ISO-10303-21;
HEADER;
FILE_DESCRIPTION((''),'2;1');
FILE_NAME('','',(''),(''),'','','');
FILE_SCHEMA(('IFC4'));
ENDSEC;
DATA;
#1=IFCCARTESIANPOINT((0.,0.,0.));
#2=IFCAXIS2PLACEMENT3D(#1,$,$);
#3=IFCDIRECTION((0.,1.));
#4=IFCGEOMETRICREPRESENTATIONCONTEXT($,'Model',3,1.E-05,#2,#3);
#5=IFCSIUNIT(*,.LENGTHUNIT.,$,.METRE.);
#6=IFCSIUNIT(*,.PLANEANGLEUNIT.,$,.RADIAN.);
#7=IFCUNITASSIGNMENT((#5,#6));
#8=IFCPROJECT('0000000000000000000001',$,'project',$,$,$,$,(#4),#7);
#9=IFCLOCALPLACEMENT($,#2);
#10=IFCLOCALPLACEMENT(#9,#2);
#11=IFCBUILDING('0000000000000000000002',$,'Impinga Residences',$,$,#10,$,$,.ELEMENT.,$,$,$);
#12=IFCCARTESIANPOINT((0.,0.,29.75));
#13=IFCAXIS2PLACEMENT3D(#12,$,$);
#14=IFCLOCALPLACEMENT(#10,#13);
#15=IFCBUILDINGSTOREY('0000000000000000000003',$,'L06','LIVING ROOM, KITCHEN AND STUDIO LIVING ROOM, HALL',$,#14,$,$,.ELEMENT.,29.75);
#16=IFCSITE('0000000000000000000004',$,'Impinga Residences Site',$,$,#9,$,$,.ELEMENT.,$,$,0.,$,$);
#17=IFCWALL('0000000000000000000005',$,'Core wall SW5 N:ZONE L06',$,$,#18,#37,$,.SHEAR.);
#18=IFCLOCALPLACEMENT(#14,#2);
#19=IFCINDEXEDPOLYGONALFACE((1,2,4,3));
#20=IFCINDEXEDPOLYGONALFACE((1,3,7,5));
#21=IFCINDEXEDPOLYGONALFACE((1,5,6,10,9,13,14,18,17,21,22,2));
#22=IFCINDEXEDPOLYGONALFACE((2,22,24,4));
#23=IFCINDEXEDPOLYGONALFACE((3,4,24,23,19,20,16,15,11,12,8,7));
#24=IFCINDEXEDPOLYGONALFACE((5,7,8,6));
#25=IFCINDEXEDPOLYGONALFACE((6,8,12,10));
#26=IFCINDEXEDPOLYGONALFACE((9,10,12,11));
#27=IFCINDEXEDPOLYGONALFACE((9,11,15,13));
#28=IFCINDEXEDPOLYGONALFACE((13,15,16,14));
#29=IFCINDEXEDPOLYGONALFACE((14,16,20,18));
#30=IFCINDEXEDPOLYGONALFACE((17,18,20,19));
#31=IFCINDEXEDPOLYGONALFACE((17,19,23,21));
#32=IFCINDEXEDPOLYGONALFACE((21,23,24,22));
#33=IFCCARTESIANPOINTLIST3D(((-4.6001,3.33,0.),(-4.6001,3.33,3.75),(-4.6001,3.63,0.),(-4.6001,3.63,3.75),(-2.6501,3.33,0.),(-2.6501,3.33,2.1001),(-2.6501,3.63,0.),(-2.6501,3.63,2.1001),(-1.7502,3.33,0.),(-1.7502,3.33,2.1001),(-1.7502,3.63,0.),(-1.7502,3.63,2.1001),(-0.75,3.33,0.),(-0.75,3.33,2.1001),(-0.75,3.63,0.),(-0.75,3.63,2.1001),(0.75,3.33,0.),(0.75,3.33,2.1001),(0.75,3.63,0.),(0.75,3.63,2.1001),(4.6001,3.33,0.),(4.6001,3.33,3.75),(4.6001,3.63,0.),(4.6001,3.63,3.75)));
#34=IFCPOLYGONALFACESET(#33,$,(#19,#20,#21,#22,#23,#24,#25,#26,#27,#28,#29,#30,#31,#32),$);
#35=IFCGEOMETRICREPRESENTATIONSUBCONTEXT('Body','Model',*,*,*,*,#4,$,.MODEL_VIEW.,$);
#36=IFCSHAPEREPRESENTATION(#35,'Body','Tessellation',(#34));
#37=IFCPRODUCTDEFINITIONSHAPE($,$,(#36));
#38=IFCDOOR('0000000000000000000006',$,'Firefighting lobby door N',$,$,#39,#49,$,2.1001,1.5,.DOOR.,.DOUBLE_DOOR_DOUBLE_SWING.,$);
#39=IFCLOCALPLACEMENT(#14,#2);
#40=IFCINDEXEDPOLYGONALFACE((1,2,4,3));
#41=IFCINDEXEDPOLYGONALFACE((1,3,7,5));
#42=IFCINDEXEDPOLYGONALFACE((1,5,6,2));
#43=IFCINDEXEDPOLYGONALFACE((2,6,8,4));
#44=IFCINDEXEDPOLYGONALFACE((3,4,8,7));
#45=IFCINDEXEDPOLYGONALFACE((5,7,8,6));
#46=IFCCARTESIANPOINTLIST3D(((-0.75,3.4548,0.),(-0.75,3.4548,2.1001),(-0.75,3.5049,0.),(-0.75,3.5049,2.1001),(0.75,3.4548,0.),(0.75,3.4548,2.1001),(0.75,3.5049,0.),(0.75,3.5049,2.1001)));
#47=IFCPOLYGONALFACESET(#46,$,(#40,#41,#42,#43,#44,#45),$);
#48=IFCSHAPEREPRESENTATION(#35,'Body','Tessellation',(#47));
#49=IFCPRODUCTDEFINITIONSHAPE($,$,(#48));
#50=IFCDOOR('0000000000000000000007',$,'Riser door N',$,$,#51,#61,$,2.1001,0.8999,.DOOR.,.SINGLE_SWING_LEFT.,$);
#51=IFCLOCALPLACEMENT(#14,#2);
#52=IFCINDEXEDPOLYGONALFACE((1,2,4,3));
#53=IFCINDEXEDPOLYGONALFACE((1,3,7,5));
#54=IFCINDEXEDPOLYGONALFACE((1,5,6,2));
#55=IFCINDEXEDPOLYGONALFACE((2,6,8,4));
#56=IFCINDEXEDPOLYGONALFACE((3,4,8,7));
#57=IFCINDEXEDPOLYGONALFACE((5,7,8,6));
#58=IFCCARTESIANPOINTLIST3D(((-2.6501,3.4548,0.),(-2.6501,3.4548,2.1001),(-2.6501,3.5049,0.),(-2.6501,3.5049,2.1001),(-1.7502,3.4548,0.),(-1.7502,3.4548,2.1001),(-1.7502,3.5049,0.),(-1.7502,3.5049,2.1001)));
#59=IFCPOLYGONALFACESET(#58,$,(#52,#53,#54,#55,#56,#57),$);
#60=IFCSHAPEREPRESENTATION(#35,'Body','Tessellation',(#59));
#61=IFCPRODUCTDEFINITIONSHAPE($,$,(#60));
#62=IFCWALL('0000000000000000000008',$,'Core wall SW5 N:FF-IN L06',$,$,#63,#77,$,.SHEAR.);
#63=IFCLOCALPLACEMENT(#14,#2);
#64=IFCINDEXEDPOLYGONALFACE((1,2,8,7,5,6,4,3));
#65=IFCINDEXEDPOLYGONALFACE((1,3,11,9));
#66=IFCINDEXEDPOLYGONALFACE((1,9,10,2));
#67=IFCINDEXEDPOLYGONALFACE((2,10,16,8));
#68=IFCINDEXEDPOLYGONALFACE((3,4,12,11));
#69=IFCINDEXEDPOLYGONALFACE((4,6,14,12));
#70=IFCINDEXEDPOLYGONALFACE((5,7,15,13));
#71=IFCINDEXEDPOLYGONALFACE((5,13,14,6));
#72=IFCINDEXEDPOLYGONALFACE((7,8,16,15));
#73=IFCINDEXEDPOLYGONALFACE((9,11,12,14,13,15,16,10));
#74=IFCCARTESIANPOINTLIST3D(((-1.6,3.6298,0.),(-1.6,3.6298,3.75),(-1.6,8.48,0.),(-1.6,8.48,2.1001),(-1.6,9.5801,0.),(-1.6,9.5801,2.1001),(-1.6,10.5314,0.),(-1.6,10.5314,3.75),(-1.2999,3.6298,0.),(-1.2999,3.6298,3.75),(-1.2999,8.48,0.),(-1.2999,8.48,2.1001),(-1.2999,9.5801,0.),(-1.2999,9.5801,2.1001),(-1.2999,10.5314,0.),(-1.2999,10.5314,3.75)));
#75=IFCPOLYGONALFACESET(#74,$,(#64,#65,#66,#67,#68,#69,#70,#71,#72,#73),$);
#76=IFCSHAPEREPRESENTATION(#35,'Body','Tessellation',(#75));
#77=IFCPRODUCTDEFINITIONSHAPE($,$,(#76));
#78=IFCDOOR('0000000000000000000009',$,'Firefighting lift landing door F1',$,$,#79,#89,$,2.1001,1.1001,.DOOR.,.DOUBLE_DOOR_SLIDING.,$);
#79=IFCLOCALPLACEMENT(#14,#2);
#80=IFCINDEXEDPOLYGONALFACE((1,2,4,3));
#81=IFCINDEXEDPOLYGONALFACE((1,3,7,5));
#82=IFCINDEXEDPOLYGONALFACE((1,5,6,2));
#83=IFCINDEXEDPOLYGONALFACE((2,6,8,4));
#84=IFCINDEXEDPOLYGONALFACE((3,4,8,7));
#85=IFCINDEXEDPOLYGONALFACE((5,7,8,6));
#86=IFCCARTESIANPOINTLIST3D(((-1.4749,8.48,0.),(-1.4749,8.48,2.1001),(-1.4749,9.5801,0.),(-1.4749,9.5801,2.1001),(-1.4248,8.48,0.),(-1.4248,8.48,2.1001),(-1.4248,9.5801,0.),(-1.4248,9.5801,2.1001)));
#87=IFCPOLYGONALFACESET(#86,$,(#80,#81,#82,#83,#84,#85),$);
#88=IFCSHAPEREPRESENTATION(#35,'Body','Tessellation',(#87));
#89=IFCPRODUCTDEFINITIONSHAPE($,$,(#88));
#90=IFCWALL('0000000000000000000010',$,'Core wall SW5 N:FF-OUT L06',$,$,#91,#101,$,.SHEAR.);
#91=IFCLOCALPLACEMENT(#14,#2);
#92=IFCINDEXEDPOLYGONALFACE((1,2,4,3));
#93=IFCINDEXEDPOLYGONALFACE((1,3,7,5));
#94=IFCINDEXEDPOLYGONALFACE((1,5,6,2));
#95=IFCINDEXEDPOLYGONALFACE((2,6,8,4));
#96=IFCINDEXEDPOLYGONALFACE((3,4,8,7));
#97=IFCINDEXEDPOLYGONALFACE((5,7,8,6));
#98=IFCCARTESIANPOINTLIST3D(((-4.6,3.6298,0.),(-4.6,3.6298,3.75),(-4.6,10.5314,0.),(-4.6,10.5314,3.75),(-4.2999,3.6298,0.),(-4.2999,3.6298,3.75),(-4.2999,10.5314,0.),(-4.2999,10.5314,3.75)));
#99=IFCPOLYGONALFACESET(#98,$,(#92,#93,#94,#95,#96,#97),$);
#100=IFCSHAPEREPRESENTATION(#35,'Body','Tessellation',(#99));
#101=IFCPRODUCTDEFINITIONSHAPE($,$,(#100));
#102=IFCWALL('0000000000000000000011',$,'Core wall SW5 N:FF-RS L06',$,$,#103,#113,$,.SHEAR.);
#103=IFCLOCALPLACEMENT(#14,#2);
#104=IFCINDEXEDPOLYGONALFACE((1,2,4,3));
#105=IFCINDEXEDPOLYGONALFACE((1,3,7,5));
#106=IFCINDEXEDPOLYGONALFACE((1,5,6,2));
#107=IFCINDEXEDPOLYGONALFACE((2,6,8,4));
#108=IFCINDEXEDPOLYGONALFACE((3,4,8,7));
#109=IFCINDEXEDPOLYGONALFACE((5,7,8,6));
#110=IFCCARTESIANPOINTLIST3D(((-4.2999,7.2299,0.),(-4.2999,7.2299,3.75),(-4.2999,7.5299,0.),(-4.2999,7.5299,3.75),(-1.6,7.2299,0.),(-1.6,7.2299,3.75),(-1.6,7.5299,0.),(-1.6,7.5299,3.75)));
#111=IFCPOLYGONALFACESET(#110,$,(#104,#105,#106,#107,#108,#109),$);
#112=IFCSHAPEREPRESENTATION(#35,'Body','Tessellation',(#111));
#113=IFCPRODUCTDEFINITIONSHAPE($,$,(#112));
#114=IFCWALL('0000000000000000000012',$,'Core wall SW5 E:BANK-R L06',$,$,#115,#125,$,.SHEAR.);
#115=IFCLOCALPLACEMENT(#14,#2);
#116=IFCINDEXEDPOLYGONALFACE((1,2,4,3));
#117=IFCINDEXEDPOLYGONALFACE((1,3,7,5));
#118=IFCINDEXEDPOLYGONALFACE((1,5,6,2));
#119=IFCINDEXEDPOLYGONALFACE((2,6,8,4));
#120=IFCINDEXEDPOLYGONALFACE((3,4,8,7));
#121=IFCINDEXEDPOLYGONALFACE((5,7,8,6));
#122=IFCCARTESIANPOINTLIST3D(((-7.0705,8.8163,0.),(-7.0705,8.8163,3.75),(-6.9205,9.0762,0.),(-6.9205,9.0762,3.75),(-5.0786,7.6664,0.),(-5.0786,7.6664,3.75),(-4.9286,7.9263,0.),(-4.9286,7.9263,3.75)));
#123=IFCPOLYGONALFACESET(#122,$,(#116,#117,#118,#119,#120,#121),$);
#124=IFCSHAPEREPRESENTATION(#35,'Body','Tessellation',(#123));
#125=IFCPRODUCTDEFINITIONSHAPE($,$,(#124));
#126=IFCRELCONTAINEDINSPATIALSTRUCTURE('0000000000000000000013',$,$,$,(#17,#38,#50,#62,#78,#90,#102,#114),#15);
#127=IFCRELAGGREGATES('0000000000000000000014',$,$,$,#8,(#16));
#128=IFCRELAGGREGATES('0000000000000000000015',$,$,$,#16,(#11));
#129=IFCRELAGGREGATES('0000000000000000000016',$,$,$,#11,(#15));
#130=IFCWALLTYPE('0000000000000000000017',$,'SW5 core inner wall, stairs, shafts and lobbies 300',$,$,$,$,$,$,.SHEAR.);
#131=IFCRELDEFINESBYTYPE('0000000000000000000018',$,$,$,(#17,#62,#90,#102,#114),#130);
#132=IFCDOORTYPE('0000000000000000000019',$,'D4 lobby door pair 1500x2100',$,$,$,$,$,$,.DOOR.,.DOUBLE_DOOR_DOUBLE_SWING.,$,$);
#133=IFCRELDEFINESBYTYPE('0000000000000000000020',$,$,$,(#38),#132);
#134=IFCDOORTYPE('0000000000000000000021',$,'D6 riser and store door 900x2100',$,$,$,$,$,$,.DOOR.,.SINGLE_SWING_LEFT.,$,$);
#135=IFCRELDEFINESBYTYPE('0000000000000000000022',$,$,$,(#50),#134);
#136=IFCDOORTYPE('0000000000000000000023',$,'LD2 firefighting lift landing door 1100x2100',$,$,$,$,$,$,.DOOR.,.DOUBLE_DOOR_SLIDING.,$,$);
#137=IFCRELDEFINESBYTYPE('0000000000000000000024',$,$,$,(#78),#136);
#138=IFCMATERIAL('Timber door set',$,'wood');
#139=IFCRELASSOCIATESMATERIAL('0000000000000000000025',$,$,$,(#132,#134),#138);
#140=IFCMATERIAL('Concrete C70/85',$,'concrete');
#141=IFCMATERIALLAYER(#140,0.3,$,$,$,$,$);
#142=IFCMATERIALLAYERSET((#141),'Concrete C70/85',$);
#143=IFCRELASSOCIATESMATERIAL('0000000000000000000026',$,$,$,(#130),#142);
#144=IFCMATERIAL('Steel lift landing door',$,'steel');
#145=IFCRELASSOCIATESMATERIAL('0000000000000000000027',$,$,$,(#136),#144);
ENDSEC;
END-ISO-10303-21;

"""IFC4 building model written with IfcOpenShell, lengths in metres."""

from ifc_helpers import new_model, si_unit, direction, frame, frame_2d, origin, place, context, subcontext, project, spatial, rectangle, extrude, material, layer, layer_set, type_object, element, fill, save


model = new_model("IFC4")

# Units and contexts
model_context = context("Model", 3, precision=1e-05, world=origin(), true_north=direction((0.0, 1.0)))
body_context = subcontext(model_context, "Body", "Model", "MODEL_VIEW")
ifc_project = project(units=[si_unit("LENGTHUNIT", "METRE"), si_unit("PLANEANGLEUNIT", "RADIAN")], contexts=[model_context])

# Site, building, storey
site_placement = place(None, origin())
site = spatial("IfcSite", under=ifc_project, at=site_placement, Name="Impinga Residences Site", CompositionType="ELEMENT", RefElevation=0.0)
building_placement = place(site_placement, origin())
building = spatial("IfcBuilding", under=site, at=building_placement, Name="Impinga Residences", CompositionType="ELEMENT")
storey_placement = place(building_placement, frame((0.0, 0.0, 29.75)))
storey = spatial("IfcBuildingStorey", under=building, at=storey_placement, Name="L06", Description="LIVING ROOM, KITCHEN AND STUDIO LIVING ROOM, HALL", CompositionType="ELEMENT", Elevation=29.75)

# Shared definitions
ifc_material_1 = material(Name="Concrete C70/85", Category="concrete")
ifc_material_2 = material(Name="Timber door set", Category="wood")

# Shared definitions
door_type_1 = type_object("IfcDoorType", Name="D4 lobby door pair 1500x2100", OperationType="DOUBLE_DOOR_DOUBLE_SWING", PredefinedType="DOOR", material=ifc_material_2)

# Wall, openings, doors
ifc_layer_1 = layer(ifc_material_1, 0.3)
ifc_layer_set_1 = layer_set([ifc_layer_1], Name="Concrete C70/85")
wall_type_1 = type_object("IfcWallType", Name="SW5 core inner wall, stairs, shafts and lobbies 300", PredefinedType="SHEAR", material=ifc_layer_set_1)
wall_1_placement = place(storey_placement, frame((-4.6001, 3.48, 0.0), z_axis=(0.0, 0.0, 1.0), x_axis=(1.0, 0.0, 0.0)))
wall_1 = element("IfcWall", 1, at=wall_1_placement, inside=storey, type_object=wall_type_1, Name="Core wall SW5 N:ZONE L06", PredefinedType="SHEAR", context=body_context, shape_type="SweptSolid", body=[
    extrude(rectangle(XDim=9.2002, YDim=0.3, at=frame_2d((4.6001, 0.0))), origin(), (0.0, 0.0, 1.0), 3.75),
])
opening_1_placement = place(wall_1_placement, frame((3.8501, 0.0, 0.0)))
opening_1 = element("IfcOpeningElement", 2, at=opening_1_placement, cuts=wall_1, PredefinedType="OPENING", context=body_context, shape_type="SweptSolid", body=[
    extrude(rectangle(XDim=1.5, YDim=2.1001, at=frame_2d((0.75, 1.05))), frame((0.0, 0.1599, 0.0), z_axis=(0.0, -1.0, 0.0), x_axis=(1.0, 0.0, 0.0)), (0.0, 0.0, 1.0), 0.3201),
])
opening_2_placement = place(wall_1_placement, frame((1.95, 0.0, 0.0)))
opening_2 = element("IfcOpeningElement", 3, at=opening_2_placement, cuts=wall_1, PredefinedType="OPENING", context=body_context, shape_type="SweptSolid", body=[
    extrude(rectangle(XDim=0.8999, YDim=2.1001, at=frame_2d((0.45, 1.05))), frame((0.0, 0.1599, 0.0), z_axis=(0.0, -1.0, 0.0), x_axis=(1.0, 0.0, 0.0)), (0.0, 0.0, 1.0), 0.3201),
])
door_1_placement = place(opening_1_placement, origin())
door_1 = element("IfcDoor", 4, at=door_1_placement, inside=storey, type_object=door_type_1, Name="Firefighting lobby door N", OperationType="DOUBLE_DOOR_DOUBLE_SWING", OverallHeight=2.1001, OverallWidth=1.5, PredefinedType="DOOR", context=body_context, shape_type="SweptSolid", body=[
    extrude(rectangle(XDim=1.5, YDim=2.1001, at=frame_2d((0.75, 1.05))), frame((0.0, 0.0249, 0.0), z_axis=(0.0, -1.0, 0.0), x_axis=(1.0, 0.0, 0.0)), (0.0, 0.0, 1.0), 0.05),
])
fill(opening_1, door_1)
door_type_2 = type_object("IfcDoorType", Name="D6 riser and store door 900x2100", OperationType="SINGLE_SWING_LEFT", PredefinedType="DOOR", material=ifc_material_2)
door_2_placement = place(opening_2_placement, origin())
door_2 = element("IfcDoor", 5, at=door_2_placement, inside=storey, type_object=door_type_2, Name="Riser door N", OperationType="SINGLE_SWING_LEFT", OverallHeight=2.1001, OverallWidth=0.8999, PredefinedType="DOOR", context=body_context, shape_type="SweptSolid", body=[
    extrude(rectangle(XDim=0.8999, YDim=2.1001, at=frame_2d((0.45, 1.05))), frame((0.0, 0.0249, 0.0), z_axis=(0.0, -1.0, 0.0), x_axis=(1.0, 0.0, 0.0)), (0.0, 0.0, 1.0), 0.05),
])
fill(opening_2, door_2)

# Wall, opening, door
wall_2_placement = place(storey_placement, frame((-1.45, 3.6299, 0.0), z_axis=(0.0, 0.0, 1.0), x_axis=(0.0, 1.0, 0.0)))
wall_2 = element("IfcWall", 6, at=wall_2_placement, inside=storey, type_object=wall_type_1, Name="Core wall SW5 N:FF-IN L06", PredefinedType="SHEAR", context=body_context, shape_type="SweptSolid", body=[
    extrude(rectangle(XDim=6.9016, YDim=0.3, at=frame_2d((3.4507, 0.0))), origin(), (0.0, 0.0, 1.0), 3.75),
])
opening_3_placement = place(wall_2_placement, frame((4.8501, 0.0, 0.0)))
opening_3 = element("IfcOpeningElement", 7, at=opening_3_placement, cuts=wall_2, PredefinedType="OPENING", context=body_context, shape_type="SweptSolid", body=[
    extrude(rectangle(XDim=1.1001, YDim=2.1001, at=frame_2d((0.55, 1.05))), frame((0.0, 0.1599, 0.0), z_axis=(0.0, -1.0, 0.0), x_axis=(1.0, 0.0, 0.0)), (0.0, 0.0, 1.0), 0.3201),
])
ifc_material_3 = material(Name="Steel lift landing door", Category="steel")
door_type_3 = type_object("IfcDoorType", Name="LD2 firefighting lift landing door 1100x2100", OperationType="DOUBLE_DOOR_SLIDING", PredefinedType="DOOR", material=ifc_material_3)
door_3_placement = place(opening_3_placement, origin())
door_3 = element("IfcDoor", 8, at=door_3_placement, inside=storey, type_object=door_type_3, Name="Firefighting lift landing door F1", OperationType="DOUBLE_DOOR_SLIDING", OverallHeight=2.1001, OverallWidth=1.1001, PredefinedType="DOOR", context=body_context, shape_type="SweptSolid", body=[
    extrude(rectangle(XDim=1.1001, YDim=2.1001, at=frame_2d((0.55, 1.05))), frame((0.0, 0.0249, 0.0), z_axis=(0.0, -1.0, 0.0), x_axis=(1.0, 0.0, 0.0)), (0.0, 0.0, 1.0), 0.05),
])
fill(opening_3, door_3)

# Walls
wall_3_placement = place(storey_placement, frame((-4.45, 3.6299, 0.0), z_axis=(0.0, 0.0, 1.0), x_axis=(0.0, 1.0, 0.0)))
element("IfcWall", 9, at=wall_3_placement, inside=storey, type_object=wall_type_1, Name="Core wall SW5 N:FF-OUT L06", PredefinedType="SHEAR", context=body_context, shape_type="SweptSolid", body=[
    extrude(rectangle(XDim=6.9016, YDim=0.3, at=frame_2d((3.4507, 0.0))), origin(), (0.0, 0.0, 1.0), 3.75),
])
wall_4_placement = place(storey_placement, frame((-4.3, 7.3799, 0.0), z_axis=(0.0, 0.0, 1.0), x_axis=(1.0, 0.0, 0.0)))
element("IfcWall", 10, at=wall_4_placement, inside=storey, type_object=wall_type_1, Name="Core wall SW5 N:FF-RS L06", PredefinedType="SHEAR", context=body_context, shape_type="SweptSolid", body=[
    extrude(rectangle(XDim=2.7, YDim=0.3, at=frame_2d((1.3501, 0.0))), origin(), (0.0, 0.0, 1.0), 3.75),
])
wall_5_placement = place(storey_placement, frame((-5.0037, 7.7964, 0.0), z_axis=(0.0, 0.0, 1.0), x_axis=(-0.866053, 0.499952, 0.0)))
element("IfcWall", 11, at=wall_5_placement, inside=storey, type_object=wall_type_1, Name="Core wall SW5 E:BANK-R L06", PredefinedType="SHEAR", context=body_context, shape_type="SweptSolid", body=[
    extrude(rectangle(XDim=2.3, YDim=0.3, at=frame_2d((1.1499, 0.0))), origin(), (0.0, 0.0, 1.0), 3.75),
])

save(model, "model.ifc")
